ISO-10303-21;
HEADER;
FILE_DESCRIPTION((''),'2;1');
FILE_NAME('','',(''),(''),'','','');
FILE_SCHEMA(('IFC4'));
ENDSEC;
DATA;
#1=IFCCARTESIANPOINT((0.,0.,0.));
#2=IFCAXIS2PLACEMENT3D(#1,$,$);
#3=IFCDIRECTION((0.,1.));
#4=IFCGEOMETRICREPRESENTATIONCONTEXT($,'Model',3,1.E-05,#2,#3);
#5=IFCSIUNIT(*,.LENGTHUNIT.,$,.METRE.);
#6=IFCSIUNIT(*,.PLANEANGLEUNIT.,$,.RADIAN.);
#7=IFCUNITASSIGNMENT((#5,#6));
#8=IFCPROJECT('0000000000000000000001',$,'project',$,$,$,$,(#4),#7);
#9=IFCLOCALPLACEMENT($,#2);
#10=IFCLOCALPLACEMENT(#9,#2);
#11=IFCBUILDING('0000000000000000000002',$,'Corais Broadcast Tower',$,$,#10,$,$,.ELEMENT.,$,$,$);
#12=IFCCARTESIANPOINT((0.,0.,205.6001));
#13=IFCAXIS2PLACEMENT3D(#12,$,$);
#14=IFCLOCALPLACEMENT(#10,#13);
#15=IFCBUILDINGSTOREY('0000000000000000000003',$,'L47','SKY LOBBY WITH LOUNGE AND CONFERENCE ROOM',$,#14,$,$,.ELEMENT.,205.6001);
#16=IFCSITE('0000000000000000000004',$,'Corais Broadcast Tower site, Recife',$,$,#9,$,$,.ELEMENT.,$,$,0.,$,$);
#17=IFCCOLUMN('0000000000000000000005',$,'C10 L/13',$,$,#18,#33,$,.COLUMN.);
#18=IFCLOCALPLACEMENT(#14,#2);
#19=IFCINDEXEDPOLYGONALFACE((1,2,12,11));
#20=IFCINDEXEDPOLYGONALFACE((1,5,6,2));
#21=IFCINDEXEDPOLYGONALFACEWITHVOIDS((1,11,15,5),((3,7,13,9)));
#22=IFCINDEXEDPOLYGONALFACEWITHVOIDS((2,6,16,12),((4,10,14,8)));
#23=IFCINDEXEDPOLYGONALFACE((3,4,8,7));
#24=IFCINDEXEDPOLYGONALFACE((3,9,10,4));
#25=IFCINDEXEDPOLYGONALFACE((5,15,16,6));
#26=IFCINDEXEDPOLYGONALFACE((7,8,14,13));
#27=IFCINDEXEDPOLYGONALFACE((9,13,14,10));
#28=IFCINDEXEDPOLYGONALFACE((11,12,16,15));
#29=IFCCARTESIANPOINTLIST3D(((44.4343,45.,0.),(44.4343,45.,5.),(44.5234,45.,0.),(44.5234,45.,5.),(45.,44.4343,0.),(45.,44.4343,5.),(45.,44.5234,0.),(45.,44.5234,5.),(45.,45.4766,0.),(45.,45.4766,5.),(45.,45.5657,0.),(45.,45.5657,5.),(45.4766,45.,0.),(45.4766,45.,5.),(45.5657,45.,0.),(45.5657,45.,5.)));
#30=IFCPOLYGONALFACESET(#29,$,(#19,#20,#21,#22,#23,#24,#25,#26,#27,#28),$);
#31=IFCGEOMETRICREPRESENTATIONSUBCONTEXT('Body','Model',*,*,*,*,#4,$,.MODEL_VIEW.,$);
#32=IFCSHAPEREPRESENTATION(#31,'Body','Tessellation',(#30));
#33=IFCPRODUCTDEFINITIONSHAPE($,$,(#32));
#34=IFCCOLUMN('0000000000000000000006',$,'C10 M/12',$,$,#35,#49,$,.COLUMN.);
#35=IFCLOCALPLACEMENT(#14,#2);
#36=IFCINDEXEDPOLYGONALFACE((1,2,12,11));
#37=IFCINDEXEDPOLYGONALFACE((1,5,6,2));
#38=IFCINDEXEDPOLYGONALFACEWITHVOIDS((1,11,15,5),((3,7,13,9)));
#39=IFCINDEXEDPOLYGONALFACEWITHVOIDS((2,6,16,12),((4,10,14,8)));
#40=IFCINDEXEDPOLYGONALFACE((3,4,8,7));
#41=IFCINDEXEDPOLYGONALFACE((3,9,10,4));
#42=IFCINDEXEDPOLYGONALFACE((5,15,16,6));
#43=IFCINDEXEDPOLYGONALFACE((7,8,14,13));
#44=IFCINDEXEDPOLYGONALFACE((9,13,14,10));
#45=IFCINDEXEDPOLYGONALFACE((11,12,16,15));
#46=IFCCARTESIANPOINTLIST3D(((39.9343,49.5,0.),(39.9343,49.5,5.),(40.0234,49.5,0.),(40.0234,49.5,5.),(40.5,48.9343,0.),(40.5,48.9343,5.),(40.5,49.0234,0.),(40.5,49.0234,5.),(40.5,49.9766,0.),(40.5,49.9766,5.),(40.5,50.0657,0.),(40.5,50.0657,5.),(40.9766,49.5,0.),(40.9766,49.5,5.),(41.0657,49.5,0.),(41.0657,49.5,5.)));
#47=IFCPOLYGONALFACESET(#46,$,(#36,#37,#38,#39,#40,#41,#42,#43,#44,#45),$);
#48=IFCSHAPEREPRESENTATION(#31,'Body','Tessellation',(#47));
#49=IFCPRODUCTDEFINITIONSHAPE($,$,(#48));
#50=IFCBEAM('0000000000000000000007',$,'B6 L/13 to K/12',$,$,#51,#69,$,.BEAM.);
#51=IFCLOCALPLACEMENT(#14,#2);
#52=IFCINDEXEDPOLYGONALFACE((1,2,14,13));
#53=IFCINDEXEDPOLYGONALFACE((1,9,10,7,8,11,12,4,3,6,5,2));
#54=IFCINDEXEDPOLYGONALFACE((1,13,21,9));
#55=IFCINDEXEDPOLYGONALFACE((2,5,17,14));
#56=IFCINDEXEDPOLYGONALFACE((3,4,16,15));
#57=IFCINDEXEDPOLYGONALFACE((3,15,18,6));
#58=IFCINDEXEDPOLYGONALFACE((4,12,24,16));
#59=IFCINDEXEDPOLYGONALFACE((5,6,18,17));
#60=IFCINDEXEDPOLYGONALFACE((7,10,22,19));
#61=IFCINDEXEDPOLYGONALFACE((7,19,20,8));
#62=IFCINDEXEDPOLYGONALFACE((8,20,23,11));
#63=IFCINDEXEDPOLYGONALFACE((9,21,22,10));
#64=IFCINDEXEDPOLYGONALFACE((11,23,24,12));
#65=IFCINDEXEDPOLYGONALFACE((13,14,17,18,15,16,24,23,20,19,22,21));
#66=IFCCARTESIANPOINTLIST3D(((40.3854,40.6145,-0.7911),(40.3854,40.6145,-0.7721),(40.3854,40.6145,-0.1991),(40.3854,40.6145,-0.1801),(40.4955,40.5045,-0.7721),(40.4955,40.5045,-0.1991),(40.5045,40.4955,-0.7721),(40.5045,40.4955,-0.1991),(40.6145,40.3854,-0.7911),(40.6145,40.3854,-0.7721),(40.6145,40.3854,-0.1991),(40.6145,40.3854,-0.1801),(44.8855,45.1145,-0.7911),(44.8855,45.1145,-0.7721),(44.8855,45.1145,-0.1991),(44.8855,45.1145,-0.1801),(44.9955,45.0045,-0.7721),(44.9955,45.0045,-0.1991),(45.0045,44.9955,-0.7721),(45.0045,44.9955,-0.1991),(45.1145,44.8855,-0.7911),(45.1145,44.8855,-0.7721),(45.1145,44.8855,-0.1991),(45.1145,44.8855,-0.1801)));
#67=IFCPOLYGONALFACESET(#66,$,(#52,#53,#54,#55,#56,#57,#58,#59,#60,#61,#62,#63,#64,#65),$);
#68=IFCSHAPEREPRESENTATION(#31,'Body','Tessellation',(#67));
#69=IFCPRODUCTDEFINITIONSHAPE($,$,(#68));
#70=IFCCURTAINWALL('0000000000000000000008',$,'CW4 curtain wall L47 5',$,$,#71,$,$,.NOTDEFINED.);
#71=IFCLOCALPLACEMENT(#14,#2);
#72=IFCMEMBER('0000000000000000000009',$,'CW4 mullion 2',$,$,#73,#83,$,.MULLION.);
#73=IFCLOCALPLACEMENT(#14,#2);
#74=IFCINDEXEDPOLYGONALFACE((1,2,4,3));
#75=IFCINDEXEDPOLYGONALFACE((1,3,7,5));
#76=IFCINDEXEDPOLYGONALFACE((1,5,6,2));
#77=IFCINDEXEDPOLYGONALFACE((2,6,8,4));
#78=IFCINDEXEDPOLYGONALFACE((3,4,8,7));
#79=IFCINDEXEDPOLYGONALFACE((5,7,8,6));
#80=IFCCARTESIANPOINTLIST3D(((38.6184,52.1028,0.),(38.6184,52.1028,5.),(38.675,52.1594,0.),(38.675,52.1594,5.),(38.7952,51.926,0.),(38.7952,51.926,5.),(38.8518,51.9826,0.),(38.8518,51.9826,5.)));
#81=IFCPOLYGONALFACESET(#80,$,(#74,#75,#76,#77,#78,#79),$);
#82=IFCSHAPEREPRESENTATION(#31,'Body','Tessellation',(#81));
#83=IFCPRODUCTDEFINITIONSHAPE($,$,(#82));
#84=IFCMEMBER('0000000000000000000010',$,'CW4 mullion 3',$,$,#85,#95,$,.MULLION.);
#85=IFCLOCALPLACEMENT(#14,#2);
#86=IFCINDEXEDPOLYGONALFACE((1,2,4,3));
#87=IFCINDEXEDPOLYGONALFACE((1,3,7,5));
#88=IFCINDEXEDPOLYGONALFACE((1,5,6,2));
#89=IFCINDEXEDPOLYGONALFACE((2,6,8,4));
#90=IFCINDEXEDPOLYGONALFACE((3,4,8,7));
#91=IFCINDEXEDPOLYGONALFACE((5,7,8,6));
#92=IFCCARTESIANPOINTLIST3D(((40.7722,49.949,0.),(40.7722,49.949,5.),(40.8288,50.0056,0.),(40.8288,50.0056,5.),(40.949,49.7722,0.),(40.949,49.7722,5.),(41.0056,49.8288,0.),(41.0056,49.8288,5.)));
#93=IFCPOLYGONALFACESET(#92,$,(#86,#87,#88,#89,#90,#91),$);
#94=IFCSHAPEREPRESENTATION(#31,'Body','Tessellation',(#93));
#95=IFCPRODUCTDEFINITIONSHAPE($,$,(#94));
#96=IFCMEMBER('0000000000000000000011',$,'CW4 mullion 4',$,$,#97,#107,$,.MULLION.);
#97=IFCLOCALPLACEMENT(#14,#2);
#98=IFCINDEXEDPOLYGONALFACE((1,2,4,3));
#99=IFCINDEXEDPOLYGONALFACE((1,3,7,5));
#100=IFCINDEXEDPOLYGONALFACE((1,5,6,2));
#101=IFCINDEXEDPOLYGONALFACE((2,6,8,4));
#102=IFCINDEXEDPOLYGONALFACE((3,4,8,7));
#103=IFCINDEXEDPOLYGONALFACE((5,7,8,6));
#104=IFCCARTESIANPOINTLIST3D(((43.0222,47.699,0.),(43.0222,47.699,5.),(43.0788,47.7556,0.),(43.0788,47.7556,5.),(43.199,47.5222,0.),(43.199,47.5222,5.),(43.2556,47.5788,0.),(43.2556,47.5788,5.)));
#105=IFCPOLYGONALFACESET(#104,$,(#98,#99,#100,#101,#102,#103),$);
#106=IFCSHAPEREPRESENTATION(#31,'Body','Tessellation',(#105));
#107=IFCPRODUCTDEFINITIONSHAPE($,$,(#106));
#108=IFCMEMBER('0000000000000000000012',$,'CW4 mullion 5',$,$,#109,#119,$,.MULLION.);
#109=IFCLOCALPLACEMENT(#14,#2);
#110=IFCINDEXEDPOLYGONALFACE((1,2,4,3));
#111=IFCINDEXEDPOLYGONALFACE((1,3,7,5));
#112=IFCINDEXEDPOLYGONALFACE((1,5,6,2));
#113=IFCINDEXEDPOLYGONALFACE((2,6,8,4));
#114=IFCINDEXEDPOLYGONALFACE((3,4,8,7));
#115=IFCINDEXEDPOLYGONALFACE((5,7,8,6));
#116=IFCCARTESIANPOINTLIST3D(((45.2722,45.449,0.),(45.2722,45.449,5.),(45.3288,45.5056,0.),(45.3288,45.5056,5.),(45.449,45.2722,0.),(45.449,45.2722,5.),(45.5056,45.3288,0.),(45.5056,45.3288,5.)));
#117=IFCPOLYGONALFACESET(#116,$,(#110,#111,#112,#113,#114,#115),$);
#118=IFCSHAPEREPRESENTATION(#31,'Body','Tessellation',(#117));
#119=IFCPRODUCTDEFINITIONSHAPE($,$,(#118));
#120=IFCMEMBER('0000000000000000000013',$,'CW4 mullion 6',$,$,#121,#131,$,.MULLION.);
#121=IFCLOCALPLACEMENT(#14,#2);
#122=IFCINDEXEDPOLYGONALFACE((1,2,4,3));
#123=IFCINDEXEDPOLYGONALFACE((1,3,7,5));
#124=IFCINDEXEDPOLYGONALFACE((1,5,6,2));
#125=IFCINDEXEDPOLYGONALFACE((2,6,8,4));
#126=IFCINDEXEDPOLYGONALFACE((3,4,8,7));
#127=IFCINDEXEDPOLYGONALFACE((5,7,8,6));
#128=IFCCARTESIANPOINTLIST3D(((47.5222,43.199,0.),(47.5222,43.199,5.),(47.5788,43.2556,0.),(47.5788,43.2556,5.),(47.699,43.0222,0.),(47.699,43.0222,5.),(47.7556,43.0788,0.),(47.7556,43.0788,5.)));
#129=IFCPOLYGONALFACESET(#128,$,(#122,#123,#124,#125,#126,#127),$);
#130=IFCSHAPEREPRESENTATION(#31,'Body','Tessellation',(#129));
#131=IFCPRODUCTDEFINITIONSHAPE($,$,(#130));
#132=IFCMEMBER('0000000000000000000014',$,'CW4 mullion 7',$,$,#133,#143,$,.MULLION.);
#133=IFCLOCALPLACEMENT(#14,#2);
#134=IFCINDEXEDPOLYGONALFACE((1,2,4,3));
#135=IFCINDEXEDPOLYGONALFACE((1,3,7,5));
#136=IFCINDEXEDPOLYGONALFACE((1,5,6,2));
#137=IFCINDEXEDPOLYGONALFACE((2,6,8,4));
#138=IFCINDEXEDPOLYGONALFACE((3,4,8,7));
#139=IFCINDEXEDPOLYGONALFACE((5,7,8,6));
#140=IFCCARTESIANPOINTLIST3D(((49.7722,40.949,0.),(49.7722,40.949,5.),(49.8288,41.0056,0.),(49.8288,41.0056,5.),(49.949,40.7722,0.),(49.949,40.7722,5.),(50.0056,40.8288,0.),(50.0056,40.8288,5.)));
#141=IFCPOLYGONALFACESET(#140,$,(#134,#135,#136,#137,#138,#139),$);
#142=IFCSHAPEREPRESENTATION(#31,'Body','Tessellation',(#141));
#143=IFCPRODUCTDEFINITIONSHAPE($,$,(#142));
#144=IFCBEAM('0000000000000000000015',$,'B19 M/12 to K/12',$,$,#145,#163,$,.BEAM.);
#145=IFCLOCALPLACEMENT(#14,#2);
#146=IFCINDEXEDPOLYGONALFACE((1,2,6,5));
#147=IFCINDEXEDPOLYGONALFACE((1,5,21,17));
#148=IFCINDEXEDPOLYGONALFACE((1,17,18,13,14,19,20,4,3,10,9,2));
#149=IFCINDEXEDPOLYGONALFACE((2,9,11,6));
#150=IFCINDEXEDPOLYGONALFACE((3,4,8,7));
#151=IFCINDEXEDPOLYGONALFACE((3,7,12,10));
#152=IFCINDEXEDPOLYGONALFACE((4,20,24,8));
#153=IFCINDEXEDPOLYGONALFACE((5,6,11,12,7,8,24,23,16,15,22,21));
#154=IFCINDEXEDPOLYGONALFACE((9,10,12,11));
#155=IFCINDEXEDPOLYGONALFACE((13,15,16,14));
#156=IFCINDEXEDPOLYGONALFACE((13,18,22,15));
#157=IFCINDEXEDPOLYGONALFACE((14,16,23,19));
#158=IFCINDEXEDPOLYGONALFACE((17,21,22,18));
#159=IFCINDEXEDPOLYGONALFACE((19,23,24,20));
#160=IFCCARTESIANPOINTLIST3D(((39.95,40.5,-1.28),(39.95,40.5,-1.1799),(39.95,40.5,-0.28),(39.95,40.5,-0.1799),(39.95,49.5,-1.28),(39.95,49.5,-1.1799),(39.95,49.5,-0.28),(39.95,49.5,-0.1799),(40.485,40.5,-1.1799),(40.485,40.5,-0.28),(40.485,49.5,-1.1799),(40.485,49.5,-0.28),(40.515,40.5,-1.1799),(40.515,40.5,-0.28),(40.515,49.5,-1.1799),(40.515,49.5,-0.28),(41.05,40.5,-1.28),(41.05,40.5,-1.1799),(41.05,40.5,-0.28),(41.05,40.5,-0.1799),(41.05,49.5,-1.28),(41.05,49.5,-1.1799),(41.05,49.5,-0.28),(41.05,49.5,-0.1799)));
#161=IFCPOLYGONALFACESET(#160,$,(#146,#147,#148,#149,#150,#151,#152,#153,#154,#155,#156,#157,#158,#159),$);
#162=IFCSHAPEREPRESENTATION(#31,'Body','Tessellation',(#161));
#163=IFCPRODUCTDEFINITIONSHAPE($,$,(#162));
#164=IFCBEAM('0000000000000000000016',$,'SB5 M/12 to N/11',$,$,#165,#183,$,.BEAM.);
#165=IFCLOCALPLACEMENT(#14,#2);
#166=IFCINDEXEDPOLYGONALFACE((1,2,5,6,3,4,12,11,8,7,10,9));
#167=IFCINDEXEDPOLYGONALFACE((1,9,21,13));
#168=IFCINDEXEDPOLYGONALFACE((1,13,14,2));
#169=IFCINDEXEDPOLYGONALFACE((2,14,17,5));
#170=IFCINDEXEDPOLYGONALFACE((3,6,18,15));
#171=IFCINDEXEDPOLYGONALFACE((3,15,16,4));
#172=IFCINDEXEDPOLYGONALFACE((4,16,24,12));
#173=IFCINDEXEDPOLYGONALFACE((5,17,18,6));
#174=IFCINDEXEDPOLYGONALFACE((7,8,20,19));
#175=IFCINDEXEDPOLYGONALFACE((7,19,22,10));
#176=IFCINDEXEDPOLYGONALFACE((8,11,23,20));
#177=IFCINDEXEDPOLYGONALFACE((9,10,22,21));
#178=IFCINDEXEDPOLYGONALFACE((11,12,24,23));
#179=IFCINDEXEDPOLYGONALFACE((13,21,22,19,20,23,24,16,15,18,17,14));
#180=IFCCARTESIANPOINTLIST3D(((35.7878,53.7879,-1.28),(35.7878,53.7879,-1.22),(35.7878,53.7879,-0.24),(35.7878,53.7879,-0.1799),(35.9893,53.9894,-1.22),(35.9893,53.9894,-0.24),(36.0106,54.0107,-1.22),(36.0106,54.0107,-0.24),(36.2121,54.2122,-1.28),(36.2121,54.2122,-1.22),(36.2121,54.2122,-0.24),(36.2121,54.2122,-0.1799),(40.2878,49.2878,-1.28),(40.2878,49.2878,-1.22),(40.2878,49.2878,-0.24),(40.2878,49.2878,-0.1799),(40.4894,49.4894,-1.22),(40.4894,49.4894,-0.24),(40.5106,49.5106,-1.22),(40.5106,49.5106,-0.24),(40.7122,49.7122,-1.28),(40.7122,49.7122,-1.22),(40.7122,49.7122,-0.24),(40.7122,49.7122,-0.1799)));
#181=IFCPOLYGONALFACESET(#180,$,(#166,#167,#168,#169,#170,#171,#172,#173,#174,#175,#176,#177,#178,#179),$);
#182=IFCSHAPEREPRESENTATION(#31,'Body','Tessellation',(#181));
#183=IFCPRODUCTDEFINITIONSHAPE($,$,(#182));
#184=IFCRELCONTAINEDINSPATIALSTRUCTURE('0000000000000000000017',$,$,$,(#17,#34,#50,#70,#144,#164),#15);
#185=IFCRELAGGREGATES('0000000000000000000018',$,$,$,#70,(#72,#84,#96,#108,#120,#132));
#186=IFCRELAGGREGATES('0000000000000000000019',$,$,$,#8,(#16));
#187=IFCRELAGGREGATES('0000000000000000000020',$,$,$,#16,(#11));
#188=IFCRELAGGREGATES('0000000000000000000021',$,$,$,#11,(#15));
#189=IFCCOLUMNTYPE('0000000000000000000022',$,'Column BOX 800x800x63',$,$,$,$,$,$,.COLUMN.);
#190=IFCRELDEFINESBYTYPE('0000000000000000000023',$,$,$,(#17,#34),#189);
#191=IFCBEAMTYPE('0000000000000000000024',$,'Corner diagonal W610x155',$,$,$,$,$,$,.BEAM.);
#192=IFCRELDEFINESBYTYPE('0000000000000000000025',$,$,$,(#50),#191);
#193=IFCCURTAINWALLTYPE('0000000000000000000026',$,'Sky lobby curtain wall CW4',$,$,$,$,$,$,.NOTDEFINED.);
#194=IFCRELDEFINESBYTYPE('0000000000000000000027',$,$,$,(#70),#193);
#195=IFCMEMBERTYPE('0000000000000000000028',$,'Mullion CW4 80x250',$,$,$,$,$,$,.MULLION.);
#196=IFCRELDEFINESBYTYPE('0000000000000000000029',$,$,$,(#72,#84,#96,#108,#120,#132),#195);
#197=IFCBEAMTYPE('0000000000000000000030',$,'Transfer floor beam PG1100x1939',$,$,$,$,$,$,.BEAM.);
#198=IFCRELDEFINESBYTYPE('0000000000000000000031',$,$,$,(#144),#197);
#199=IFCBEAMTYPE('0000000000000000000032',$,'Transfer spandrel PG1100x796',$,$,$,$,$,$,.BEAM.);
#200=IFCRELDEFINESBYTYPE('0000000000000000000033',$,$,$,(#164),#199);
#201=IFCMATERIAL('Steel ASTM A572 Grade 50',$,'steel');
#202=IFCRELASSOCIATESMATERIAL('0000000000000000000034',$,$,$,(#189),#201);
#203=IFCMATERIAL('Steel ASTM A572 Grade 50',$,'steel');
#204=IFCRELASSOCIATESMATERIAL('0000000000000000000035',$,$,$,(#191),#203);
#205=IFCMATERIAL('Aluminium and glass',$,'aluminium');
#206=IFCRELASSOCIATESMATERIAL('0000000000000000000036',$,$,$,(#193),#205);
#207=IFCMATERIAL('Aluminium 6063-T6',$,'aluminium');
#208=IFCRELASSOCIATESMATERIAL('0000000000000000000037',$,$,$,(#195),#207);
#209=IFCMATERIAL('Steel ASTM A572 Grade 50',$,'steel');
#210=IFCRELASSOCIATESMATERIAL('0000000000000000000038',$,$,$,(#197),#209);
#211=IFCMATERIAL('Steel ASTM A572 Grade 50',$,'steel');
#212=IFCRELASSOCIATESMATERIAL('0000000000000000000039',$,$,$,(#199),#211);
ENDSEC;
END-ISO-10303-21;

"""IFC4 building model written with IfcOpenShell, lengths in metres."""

from ifc_helpers import new_model, si_unit, direction, frame, origin, origin_2d, place, context, subcontext, project, spatial, rectangle, hollow_rectangle, i_section, extrude, material, material_profile, profile_set, type_object, element, aggregate, save


model = new_model("IFC4")

# Units and contexts
model_context = context("Model", 3, precision=1e-05, world=origin(), true_north=direction((0.0, 1.0)))
body_context = subcontext(model_context, "Body", "Model", "MODEL_VIEW")
ifc_project = project(units=[si_unit("LENGTHUNIT", "METRE"), si_unit("PLANEANGLEUNIT", "RADIAN")], contexts=[model_context])

# Site, building, storey
site_placement = place(None, origin())
site = spatial("IfcSite", under=ifc_project, at=site_placement, Name="Corais Broadcast Tower site, Recife", CompositionType="ELEMENT", RefElevation=0.0)
building_placement = place(site_placement, origin())
building = spatial("IfcBuilding", under=site, at=building_placement, Name="Corais Broadcast Tower", CompositionType="ELEMENT")
storey_placement = place(building_placement, frame((0.0, 0.0, 205.6001)))
storey = spatial("IfcBuildingStorey", under=building, at=storey_placement, Name="L47", Description="SKY LOBBY WITH LOUNGE AND CONFERENCE ROOM", CompositionType="ELEMENT", Elevation=205.6001)

# Columns
ifc_material_1 = material(Name="Steel ASTM A572 Grade 50", Category="steel")
ifc_material_profile_1 = material_profile(ifc_material_1, hollow_rectangle(XDim=0.8, YDim=0.8, WallThickness=0.063, at=origin_2d()), Name="BOX 800x800x63")
ifc_profile_set_1 = profile_set([ifc_material_profile_1], Name="Steel ASTM A572 Grade 50")
column_type = type_object("IfcColumnType", Name="Column BOX 800x800x63", PredefinedType="COLUMN", material=ifc_profile_set_1)
for number, where, z_axis, x_axis, name in (
    (1, (45.0, 45.0, 0.0), (0.0, 0.0, 1.0), (0.707107, 0.707107, 0.0), "C10 L/13"),
    (2, (40.5, 49.5, 0.0), (0.0, 0.0, 1.0), (0.707107, 0.707107, 0.0), "C10 M/12"),
):
    element("IfcColumn", number, at=place(storey_placement, frame(where, z_axis=z_axis, x_axis=x_axis)), inside=storey, type_object=column_type, Name=name, PredefinedType="COLUMN", context=body_context, shape_type="SweptSolid", body=[
        extrude(hollow_rectangle(XDim=0.8, YDim=0.8, WallThickness=0.063, at=origin_2d()), origin(), (0.0, 0.0, 1.0), 5.0),
    ])

# Beam
ifc_material_2 = material(Name="Steel ASTM A572 Grade 50", Category="steel")
ifc_material_profile_2 = material_profile(ifc_material_2, i_section(OverallWidth=0.324, OverallDepth=0.6111, WebThickness=0.0127, FlangeThickness=0.019, at=origin_2d()), Name="W610x155")
ifc_profile_set_2 = profile_set([ifc_material_profile_2], Name="Steel ASTM A572 Grade 50")
beam_type_1 = type_object("IfcBeamType", Name="Corner diagonal W610x155", PredefinedType="BEAM", material=ifc_profile_set_2)
beam_1_placement = place(storey_placement, frame((45.0, 45.0, -0.4856), z_axis=(-0.707107, -0.707107, 0.0), x_axis=(0.707107, -0.707107, 0.0)))
element("IfcBeam", 3, at=beam_1_placement, inside=storey, type_object=beam_type_1, Name="B6 L/13 to K/12", PredefinedType="BEAM", context=body_context, shape_type="SweptSolid", body=[
    extrude(i_section(OverallWidth=0.324, OverallDepth=0.6111, WebThickness=0.0127, FlangeThickness=0.019, at=origin_2d()), origin(), (0.0, 0.0, 1.0), 6.364),
])

# Curtain wall, members
ifc_material_3 = material(Name="Aluminium and glass", Category="aluminium")
curtain_wall_type = type_object("IfcCurtainWallType", Name="Sky lobby curtain wall CW4", PredefinedType="NOTDEFINED", material=ifc_material_3)
curtain_wall_placement = place(storey_placement, origin())
curtain_wall = element("IfcCurtainWall", 4, at=curtain_wall_placement, inside=storey, type_object=curtain_wall_type, Name="CW4 curtain wall L47 5", PredefinedType="NOTDEFINED")
ifc_material_4 = material(Name="Aluminium 6063-T6", Category="aluminium")
ifc_material_profile_3 = material_profile(ifc_material_4, rectangle(XDim=0.0801, YDim=0.25, at=origin_2d()), Name="Mullion CW4 80x250")
ifc_profile_set_3 = profile_set([ifc_material_profile_3], Name="Aluminium 6063-T6")
member_type_1 = type_object("IfcMemberType", Name="Mullion CW4 80x250", PredefinedType="MULLION", material=ifc_profile_set_3)
member_1_placement = place(storey_placement, frame((38.7351, 52.0427, 0.0), z_axis=(0.0, 0.0, 1.0), x_axis=(0.707107, 0.707107, 0.0)))
member_1 = element("IfcMember", 5, at=member_1_placement, type_object=member_type_1, Name="CW4 mullion 2", PredefinedType="MULLION", context=body_context, shape_type="SweptSolid", body=[
    extrude(rectangle(XDim=0.0801, YDim=0.25, at=origin_2d()), origin(), (0.0, 0.0, 1.0), 5.0),
])
member_2_placement = place(storey_placement, frame((40.8889, 49.8889, 0.0), z_axis=(0.0, 0.0, 1.0), x_axis=(0.707107, 0.707107, 0.0)))
member_2 = element("IfcMember", 6, at=member_2_placement, type_object=member_type_1, Name="CW4 mullion 3", PredefinedType="MULLION", context=body_context, shape_type="SweptSolid", body=[
    extrude(rectangle(XDim=0.0801, YDim=0.25, at=origin_2d()), origin(), (0.0, 0.0, 1.0), 5.0),
])
member_3_placement = place(storey_placement, frame((43.1389, 47.6389, 0.0), z_axis=(0.0, 0.0, 1.0), x_axis=(0.707107, 0.707107, 0.0)))
member_3 = element("IfcMember", 7, at=member_3_placement, type_object=member_type_1, Name="CW4 mullion 4", PredefinedType="MULLION", context=body_context, shape_type="SweptSolid", body=[
    extrude(rectangle(XDim=0.0801, YDim=0.25, at=origin_2d()), origin(), (0.0, 0.0, 1.0), 5.0),
])
member_4_placement = place(storey_placement, frame((45.3889, 45.3889, 0.0), z_axis=(0.0, 0.0, 1.0), x_axis=(0.707107, 0.707107, 0.0)))
member_4 = element("IfcMember", 8, at=member_4_placement, type_object=member_type_1, Name="CW4 mullion 5", PredefinedType="MULLION", context=body_context, shape_type="SweptSolid", body=[
    extrude(rectangle(XDim=0.0801, YDim=0.25, at=origin_2d()), origin(), (0.0, 0.0, 1.0), 5.0),
])
member_5_placement = place(storey_placement, frame((47.6389, 43.1389, 0.0), z_axis=(0.0, 0.0, 1.0), x_axis=(0.707107, 0.707107, 0.0)))
member_5 = element("IfcMember", 9, at=member_5_placement, type_object=member_type_1, Name="CW4 mullion 6", PredefinedType="MULLION", context=body_context, shape_type="SweptSolid", body=[
    extrude(rectangle(XDim=0.0801, YDim=0.25, at=origin_2d()), origin(), (0.0, 0.0, 1.0), 5.0),
])
member_6_placement = place(storey_placement, frame((49.8889, 40.8889, 0.0), z_axis=(0.0, 0.0, 1.0), x_axis=(0.707107, 0.707107, 0.0)))
member_6 = element("IfcMember", 10, at=member_6_placement, type_object=member_type_1, Name="CW4 mullion 7", PredefinedType="MULLION", context=body_context, shape_type="SweptSolid", body=[
    extrude(rectangle(XDim=0.0801, YDim=0.25, at=origin_2d()), origin(), (0.0, 0.0, 1.0), 5.0),
])

# Beams
ifc_material_5 = material(Name="Steel ASTM A572 Grade 50", Category="steel")
ifc_material_profile_4 = material_profile(ifc_material_5, i_section(OverallWidth=1.1001, OverallDepth=1.1001, WebThickness=0.03, FlangeThickness=0.1001, at=origin_2d()), Name="PG1100x1939")
ifc_profile_set_4 = profile_set([ifc_material_profile_4], Name="Steel ASTM A572 Grade 50")
beam_type_2 = type_object("IfcBeamType", Name="Transfer floor beam PG1100x1939", PredefinedType="BEAM", material=ifc_profile_set_4)
beam_2_placement = place(storey_placement, frame((40.5, 49.5, -0.73), z_axis=(0.0, -1.0, 0.0), x_axis=(1.0, 0.0, 0.0)))
element("IfcBeam", 11, at=beam_2_placement, inside=storey, type_object=beam_type_2, Name="B19 M/12 to K/12", PredefinedType="BEAM", context=body_context, shape_type="SweptSolid", body=[
    extrude(i_section(OverallWidth=1.1001, OverallDepth=1.1001, WebThickness=0.03, FlangeThickness=0.1001, at=origin_2d()), origin(), (0.0, 0.0, 1.0), 9.0),
])
ifc_material_6 = material(Name="Steel ASTM A572 Grade 50", Category="steel")
ifc_material_profile_5 = material_profile(ifc_material_6, i_section(OverallWidth=0.6001, OverallDepth=1.1001, WebThickness=0.03, FlangeThickness=0.0601, at=origin_2d()), Name="PG1100x796")
ifc_profile_set_5 = profile_set([ifc_material_profile_5], Name="Steel ASTM A572 Grade 50")
beam_type_3 = type_object("IfcBeamType", Name="Transfer spandrel PG1100x796", PredefinedType="BEAM", material=ifc_profile_set_5)
for number, where, z_axis, x_axis, name in (
    (12, (40.5, 49.5, -0.73), (-0.707107, 0.707107, 0.0), (-0.707107, -0.707107, 0.0), "SB5 M/12 to N/11"),
):
    element("IfcBeam", number, at=place(storey_placement, frame(where, z_axis=z_axis, x_axis=x_axis)), inside=storey, type_object=beam_type_3, Name=name, PredefinedType="BEAM", context=body_context, shape_type="SweptSolid", body=[
        extrude(i_section(OverallWidth=0.6001, OverallDepth=1.1001, WebThickness=0.03, FlangeThickness=0.0601, at=origin_2d()), origin(), (0.0, 0.0, 1.0), 6.364),
    ])

aggregate(curtain_wall, [member_1, member_2, member_3, member_4, member_5, member_6])

save(model, "model.ifc")
